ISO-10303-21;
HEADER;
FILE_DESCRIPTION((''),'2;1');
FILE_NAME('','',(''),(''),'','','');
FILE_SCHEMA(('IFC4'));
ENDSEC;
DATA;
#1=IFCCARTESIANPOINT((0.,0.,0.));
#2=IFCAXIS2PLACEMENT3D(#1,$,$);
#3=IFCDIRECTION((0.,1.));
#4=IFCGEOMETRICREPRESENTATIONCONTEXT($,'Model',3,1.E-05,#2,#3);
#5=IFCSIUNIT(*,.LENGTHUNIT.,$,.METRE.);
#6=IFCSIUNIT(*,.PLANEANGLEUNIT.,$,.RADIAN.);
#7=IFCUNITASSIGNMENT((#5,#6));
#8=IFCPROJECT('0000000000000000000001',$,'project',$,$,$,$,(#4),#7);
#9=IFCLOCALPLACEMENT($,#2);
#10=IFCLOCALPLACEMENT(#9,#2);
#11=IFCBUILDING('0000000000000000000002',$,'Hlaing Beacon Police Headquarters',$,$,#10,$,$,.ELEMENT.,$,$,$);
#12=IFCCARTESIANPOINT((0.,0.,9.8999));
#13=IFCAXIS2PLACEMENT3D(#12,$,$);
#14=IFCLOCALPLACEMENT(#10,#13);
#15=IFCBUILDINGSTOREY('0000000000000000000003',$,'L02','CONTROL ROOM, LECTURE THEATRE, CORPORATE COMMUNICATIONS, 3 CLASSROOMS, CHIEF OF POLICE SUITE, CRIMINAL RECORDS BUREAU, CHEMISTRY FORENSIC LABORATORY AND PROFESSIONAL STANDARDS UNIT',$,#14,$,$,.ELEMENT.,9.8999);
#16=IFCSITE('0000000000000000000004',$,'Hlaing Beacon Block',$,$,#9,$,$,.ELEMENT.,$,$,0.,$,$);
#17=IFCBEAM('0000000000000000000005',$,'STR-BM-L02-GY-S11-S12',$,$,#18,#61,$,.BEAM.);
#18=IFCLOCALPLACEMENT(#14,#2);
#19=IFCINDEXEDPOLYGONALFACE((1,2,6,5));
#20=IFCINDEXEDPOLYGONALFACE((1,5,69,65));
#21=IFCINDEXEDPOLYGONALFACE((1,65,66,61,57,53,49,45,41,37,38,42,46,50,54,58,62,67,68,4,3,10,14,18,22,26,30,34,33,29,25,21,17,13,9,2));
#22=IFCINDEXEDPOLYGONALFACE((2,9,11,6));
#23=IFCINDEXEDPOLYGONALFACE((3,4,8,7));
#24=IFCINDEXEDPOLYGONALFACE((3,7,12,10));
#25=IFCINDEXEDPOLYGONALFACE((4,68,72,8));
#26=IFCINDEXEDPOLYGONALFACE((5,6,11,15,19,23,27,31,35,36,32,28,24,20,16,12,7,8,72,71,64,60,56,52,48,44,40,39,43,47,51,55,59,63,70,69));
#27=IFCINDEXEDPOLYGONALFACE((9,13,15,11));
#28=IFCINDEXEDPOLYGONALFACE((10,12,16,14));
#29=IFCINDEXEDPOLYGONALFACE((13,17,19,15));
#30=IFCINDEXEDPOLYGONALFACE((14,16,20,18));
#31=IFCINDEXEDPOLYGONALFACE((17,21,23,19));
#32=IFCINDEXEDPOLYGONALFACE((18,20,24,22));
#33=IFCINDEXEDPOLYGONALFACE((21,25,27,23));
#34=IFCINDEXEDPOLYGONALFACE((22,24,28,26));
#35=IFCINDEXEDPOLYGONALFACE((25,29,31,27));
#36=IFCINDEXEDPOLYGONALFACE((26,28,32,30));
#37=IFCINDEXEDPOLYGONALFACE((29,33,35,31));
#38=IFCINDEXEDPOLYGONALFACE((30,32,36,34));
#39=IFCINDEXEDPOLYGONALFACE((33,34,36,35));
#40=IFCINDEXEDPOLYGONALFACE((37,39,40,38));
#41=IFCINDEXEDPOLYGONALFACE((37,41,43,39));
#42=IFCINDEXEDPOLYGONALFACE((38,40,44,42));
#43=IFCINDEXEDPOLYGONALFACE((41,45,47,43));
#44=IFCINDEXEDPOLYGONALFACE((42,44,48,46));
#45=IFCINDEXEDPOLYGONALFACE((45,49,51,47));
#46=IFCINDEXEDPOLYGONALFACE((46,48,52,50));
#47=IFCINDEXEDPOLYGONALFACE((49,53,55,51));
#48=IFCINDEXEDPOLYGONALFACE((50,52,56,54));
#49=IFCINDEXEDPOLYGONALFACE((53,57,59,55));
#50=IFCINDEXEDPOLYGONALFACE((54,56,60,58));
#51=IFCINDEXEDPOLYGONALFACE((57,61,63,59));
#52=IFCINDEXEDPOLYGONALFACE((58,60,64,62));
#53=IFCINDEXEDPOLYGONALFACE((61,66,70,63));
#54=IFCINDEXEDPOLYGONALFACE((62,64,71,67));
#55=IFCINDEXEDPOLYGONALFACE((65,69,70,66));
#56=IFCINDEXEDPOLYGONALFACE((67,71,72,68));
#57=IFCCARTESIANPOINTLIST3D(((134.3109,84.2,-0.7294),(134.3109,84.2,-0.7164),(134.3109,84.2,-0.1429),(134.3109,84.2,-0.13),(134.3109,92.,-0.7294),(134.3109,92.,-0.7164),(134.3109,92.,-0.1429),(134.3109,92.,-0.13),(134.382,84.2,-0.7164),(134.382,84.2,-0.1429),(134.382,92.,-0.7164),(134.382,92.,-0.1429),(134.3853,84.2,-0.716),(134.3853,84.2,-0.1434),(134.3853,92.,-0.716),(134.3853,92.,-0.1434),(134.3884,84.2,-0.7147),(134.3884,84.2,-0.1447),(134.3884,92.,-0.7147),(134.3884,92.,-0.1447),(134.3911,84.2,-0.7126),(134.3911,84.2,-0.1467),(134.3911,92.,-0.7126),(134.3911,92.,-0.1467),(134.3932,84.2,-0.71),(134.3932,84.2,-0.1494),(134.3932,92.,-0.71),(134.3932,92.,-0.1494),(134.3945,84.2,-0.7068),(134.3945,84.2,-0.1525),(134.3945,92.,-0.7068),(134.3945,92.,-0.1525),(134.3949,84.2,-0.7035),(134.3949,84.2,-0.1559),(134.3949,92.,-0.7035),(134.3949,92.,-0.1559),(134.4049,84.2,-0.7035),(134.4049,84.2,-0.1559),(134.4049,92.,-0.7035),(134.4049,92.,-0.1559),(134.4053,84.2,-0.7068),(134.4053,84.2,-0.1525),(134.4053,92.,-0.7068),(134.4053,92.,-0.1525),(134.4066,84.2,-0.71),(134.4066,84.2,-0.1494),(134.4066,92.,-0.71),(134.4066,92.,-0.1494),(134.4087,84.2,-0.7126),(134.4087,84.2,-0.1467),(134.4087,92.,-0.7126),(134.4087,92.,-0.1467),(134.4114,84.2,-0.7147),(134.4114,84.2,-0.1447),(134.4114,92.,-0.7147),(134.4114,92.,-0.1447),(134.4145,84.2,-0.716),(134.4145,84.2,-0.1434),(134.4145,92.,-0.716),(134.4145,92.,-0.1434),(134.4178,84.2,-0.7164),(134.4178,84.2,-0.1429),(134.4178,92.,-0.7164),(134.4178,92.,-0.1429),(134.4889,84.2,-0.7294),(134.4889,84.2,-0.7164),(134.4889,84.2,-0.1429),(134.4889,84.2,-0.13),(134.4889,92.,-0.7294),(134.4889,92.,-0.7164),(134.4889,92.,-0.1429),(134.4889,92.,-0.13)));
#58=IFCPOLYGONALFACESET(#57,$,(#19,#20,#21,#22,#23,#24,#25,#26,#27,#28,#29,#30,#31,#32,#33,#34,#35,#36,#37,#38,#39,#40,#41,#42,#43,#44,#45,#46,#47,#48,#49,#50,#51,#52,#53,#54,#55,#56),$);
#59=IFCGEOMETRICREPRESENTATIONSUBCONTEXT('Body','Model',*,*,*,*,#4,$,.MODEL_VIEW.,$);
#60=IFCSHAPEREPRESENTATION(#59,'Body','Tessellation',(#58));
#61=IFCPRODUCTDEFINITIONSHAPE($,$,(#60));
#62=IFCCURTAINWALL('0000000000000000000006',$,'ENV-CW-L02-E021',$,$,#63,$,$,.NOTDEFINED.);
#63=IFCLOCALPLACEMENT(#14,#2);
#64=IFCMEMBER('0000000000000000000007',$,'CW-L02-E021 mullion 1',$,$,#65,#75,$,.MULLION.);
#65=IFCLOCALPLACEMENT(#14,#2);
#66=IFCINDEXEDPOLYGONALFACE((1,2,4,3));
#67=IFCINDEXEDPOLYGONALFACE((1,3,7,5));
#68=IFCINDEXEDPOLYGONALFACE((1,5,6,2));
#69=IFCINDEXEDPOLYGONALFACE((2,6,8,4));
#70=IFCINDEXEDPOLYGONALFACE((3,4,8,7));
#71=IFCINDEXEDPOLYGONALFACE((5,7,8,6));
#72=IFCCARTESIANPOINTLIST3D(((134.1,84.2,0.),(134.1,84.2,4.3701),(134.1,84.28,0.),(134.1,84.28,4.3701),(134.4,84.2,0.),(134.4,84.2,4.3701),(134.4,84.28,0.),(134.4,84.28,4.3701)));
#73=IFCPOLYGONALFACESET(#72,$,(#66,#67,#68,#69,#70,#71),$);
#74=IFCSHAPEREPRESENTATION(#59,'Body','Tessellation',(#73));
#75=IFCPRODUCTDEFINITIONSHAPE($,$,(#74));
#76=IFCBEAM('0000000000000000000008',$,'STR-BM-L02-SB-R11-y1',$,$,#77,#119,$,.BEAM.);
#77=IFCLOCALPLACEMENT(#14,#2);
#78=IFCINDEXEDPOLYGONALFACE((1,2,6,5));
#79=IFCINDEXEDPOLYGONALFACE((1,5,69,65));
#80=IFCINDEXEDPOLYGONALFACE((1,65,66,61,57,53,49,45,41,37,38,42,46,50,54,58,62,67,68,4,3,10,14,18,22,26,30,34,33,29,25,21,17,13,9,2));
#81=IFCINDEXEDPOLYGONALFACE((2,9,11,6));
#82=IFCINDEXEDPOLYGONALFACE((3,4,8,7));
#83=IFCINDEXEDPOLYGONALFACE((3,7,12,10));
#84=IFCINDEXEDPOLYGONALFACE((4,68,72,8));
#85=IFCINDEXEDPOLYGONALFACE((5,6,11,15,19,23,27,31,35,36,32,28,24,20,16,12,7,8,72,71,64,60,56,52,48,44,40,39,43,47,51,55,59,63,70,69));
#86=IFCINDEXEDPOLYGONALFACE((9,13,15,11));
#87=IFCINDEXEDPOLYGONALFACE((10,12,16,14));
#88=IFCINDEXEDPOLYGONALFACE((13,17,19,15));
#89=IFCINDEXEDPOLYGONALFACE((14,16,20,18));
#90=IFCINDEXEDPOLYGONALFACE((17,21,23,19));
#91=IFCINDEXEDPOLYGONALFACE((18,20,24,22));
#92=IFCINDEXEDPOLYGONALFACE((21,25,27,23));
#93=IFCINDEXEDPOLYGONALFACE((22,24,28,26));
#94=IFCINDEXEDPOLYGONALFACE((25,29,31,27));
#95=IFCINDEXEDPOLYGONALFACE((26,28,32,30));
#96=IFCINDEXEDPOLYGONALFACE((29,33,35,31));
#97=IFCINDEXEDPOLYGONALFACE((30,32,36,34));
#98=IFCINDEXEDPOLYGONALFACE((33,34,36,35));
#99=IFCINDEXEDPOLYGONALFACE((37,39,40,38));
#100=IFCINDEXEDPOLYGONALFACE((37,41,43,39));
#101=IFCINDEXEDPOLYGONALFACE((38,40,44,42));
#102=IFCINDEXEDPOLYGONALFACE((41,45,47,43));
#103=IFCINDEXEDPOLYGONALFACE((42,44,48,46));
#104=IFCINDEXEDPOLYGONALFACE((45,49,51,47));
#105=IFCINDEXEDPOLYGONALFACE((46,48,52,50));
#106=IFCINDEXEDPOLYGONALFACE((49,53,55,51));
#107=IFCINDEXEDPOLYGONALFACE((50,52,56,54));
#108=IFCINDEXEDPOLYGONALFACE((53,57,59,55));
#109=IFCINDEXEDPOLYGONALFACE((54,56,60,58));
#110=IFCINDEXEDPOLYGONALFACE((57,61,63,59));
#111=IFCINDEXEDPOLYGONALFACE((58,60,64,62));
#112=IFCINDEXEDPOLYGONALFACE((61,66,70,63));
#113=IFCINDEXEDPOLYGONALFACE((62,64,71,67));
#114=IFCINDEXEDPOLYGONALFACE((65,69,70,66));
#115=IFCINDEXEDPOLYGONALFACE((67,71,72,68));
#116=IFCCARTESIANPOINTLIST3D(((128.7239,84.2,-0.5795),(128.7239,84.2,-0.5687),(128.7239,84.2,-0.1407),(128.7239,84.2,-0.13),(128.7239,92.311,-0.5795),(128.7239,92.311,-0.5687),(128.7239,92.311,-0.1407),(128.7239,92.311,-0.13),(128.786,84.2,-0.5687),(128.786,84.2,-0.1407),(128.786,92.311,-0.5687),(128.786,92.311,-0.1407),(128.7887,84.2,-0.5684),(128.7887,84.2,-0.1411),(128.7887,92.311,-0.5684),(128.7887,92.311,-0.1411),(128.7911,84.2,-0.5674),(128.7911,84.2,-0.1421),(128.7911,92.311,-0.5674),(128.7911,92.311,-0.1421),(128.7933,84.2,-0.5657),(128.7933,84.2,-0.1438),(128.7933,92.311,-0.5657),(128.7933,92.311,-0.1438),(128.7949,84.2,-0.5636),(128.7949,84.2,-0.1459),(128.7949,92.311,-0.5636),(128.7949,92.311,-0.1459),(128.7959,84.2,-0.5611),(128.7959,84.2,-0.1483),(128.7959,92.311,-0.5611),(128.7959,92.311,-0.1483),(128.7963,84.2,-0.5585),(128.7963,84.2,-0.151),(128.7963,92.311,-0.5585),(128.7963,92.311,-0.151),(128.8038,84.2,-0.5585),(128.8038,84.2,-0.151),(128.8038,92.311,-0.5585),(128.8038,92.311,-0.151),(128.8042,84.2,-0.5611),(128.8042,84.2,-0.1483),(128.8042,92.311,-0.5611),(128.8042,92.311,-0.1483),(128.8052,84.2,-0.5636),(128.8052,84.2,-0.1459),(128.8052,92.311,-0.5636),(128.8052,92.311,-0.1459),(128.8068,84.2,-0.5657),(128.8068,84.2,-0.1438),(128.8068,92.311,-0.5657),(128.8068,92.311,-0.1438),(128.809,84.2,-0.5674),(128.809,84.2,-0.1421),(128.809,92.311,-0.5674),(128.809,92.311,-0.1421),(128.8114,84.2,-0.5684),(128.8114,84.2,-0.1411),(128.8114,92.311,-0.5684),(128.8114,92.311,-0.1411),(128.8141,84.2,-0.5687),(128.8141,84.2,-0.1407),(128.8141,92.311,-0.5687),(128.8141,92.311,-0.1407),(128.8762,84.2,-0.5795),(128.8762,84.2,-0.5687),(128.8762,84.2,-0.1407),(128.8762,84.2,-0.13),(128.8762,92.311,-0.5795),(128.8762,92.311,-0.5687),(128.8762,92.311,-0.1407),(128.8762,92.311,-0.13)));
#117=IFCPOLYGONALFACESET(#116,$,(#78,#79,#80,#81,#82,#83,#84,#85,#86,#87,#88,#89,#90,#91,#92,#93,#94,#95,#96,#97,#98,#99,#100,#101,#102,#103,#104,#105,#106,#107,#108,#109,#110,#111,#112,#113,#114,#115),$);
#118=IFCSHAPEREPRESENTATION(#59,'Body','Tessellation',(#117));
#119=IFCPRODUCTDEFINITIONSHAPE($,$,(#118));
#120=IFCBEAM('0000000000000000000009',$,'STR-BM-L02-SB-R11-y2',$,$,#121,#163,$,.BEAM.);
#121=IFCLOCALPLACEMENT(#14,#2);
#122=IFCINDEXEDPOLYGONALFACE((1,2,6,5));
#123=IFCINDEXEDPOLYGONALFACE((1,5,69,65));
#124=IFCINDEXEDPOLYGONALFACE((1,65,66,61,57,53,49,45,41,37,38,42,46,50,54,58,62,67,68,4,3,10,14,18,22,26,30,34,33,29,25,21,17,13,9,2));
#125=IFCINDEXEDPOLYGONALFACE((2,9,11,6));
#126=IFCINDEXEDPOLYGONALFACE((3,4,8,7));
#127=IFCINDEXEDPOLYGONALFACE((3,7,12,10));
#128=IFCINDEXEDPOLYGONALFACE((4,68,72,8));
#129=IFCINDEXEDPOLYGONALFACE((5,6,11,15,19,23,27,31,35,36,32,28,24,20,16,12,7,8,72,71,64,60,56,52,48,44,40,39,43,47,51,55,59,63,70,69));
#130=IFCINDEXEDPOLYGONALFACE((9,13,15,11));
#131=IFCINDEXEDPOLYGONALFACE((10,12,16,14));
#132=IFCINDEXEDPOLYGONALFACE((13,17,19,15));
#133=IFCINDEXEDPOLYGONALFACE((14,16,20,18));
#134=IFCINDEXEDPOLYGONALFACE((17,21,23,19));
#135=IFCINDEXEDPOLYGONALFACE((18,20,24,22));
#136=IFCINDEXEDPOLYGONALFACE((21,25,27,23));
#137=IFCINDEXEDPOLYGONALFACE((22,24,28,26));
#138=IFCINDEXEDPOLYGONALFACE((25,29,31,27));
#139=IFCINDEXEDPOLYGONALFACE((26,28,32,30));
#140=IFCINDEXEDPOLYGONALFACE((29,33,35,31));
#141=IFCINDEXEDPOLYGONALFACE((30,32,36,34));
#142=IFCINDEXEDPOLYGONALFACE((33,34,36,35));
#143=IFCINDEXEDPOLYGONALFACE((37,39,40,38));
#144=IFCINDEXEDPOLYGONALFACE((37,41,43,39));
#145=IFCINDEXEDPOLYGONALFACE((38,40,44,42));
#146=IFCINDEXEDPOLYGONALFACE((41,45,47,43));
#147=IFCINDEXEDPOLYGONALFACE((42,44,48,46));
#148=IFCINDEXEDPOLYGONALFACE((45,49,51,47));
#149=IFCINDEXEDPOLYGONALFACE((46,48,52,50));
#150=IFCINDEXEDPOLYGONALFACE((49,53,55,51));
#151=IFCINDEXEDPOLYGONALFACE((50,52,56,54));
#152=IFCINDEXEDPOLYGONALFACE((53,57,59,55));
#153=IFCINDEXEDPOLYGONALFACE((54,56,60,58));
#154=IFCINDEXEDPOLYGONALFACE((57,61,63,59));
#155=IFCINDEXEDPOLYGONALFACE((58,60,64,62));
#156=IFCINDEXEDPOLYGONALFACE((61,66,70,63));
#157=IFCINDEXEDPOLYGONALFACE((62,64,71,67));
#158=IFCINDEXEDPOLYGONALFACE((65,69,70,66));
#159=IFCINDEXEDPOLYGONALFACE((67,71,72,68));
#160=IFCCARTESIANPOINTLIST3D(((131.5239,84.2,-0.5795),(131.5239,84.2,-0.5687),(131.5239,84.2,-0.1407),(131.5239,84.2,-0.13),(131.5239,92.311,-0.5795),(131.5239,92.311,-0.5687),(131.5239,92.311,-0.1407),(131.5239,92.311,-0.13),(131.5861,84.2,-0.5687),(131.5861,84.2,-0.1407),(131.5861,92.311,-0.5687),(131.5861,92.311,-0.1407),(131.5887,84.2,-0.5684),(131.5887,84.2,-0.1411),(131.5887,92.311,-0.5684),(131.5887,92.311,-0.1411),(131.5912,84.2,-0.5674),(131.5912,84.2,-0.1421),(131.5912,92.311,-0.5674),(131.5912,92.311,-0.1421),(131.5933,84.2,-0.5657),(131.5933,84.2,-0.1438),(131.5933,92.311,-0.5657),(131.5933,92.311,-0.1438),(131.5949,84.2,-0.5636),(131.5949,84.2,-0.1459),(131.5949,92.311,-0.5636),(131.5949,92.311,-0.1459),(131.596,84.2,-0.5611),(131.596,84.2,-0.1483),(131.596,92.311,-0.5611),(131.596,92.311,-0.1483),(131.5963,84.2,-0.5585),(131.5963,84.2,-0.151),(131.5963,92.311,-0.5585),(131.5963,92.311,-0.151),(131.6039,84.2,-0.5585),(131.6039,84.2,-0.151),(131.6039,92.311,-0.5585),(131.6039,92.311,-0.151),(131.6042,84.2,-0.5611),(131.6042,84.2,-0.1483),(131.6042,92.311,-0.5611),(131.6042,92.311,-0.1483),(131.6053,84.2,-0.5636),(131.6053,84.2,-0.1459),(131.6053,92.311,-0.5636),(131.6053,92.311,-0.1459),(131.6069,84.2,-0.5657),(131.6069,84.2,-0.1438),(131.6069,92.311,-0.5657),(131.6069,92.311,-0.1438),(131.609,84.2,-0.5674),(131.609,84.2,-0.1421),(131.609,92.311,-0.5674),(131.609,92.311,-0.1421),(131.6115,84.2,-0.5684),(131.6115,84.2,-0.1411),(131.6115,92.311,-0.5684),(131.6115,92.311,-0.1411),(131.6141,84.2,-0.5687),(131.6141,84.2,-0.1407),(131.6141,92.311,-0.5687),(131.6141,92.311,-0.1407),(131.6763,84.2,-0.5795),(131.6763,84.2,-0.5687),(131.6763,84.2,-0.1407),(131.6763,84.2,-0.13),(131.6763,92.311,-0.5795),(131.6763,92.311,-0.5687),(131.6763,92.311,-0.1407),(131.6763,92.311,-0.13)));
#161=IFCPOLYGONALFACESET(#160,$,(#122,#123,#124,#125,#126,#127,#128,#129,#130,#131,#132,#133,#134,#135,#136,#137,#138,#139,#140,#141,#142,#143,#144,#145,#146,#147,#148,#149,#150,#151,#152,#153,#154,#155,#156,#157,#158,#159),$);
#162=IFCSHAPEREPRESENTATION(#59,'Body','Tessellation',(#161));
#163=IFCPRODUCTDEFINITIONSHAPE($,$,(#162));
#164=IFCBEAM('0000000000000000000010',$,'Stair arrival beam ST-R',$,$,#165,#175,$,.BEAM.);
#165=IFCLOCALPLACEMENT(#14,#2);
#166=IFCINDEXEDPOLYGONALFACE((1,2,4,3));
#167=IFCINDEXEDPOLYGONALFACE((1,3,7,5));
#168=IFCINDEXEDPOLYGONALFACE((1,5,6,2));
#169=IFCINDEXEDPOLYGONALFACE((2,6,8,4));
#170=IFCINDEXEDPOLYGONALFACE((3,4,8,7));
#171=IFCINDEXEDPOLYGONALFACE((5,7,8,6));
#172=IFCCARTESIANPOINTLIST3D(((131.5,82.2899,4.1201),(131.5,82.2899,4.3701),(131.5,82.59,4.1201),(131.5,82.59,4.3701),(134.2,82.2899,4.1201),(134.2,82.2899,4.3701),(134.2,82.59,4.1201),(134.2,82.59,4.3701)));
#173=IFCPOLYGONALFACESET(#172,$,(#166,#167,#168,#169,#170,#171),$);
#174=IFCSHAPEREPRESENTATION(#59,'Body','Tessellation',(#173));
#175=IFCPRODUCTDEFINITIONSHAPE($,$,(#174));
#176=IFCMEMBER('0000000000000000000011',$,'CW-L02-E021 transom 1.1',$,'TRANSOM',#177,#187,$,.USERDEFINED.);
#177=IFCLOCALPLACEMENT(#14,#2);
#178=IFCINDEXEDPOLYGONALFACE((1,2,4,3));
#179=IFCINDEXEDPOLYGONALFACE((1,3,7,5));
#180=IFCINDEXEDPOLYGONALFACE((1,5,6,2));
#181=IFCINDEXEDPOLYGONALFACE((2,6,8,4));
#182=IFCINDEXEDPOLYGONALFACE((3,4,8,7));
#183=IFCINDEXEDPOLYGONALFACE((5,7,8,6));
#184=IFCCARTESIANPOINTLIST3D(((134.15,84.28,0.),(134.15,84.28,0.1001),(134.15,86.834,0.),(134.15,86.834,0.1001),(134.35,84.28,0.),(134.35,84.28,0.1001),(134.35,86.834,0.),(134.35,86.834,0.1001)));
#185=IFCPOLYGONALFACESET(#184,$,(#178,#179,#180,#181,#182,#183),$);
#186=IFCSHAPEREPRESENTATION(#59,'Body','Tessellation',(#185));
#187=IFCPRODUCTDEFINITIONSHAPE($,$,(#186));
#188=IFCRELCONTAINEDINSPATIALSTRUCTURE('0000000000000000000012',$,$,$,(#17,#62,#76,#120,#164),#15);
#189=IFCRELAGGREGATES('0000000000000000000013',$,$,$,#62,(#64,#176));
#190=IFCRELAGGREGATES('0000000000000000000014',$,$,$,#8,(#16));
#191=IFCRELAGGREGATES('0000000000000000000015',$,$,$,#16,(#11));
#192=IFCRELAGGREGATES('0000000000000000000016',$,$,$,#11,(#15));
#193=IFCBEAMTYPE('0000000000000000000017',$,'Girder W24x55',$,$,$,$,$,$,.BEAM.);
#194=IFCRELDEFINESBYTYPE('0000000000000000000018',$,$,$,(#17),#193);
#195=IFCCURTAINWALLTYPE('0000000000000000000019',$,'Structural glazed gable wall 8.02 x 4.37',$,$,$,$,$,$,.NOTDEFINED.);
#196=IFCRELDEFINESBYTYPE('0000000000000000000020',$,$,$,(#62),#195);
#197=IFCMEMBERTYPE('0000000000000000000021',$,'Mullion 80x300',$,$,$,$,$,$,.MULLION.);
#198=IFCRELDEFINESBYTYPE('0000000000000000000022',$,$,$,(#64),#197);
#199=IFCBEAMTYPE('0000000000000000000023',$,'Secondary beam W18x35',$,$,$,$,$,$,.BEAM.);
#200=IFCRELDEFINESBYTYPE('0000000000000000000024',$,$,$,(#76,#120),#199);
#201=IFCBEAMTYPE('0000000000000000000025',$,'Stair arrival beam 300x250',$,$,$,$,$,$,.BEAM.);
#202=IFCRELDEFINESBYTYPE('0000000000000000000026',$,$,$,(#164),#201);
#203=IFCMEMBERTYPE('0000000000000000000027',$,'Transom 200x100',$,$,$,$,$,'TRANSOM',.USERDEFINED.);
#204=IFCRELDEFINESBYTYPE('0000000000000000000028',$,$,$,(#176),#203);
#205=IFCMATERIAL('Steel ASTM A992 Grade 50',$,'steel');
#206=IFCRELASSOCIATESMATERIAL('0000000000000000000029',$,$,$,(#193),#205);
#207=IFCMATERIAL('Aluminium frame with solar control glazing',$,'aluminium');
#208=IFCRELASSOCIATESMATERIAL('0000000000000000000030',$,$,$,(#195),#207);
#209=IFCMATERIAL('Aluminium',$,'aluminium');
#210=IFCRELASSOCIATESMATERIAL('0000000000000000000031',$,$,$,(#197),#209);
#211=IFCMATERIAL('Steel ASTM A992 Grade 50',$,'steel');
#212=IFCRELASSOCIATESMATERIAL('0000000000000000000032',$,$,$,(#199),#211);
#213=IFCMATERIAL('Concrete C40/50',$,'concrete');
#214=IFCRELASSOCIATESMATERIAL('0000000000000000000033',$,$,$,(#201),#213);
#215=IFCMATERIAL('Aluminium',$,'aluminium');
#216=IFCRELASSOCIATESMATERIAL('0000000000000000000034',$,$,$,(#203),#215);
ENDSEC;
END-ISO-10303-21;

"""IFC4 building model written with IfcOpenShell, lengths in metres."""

from ifc_helpers import new_model, si_unit, direction, frame, origin, origin_2d, place, context, subcontext, project, spatial, rectangle, i_section, extrude, material, material_profile, profile_set, type_object, element, aggregate, save


model = new_model("IFC4")

# Units and contexts
model_context = context("Model", 3, precision=1e-05, world=origin(), true_north=direction((0.0, 1.0)))
body_context = subcontext(model_context, "Body", "Model", "MODEL_VIEW")
ifc_project = project(units=[si_unit("LENGTHUNIT", "METRE"), si_unit("PLANEANGLEUNIT", "RADIAN")], contexts=[model_context])

# Site, building, storey
site_placement = place(None, origin())
site = spatial("IfcSite", under=ifc_project, at=site_placement, Name="Hlaing Beacon Block", CompositionType="ELEMENT", RefElevation=0.0)
building_placement = place(site_placement, origin())
building = spatial("IfcBuilding", under=site, at=building_placement, Name="Hlaing Beacon Police Headquarters", CompositionType="ELEMENT")
storey_placement = place(building_placement, frame((0.0, 0.0, 9.8999)))
storey = spatial("IfcBuildingStorey", under=building, at=storey_placement, Name="L02", Description="CONTROL ROOM, LECTURE THEATRE, CORPORATE COMMUNICATIONS, 3 CLASSROOMS, CHIEF OF POLICE SUITE, CRIMINAL RECORDS BUREAU, CHEMISTRY FORENSIC LABORATORY AND PROFESSIONAL STANDARDS UNIT", CompositionType="ELEMENT", Elevation=9.8999)

# Beam
ifc_material_1 = material(Name="Steel ASTM A992 Grade 50", Category="steel")
ifc_material_profile_1 = material_profile(ifc_material_1, i_section(OverallWidth=0.178, OverallDepth=0.5994, WebThickness=0.01, FlangeThickness=0.0129, FilletRadius=0.0129, at=origin_2d()), Name="W24x55")
ifc_profile_set_1 = profile_set([ifc_material_profile_1], Name="Steel ASTM A992 Grade 50")
beam_type_1 = type_object("IfcBeamType", Name="Girder W24x55", PredefinedType="BEAM", material=ifc_profile_set_1)
beam_1_placement = place(storey_placement, frame((134.3999, 84.2, -0.4297), z_axis=(0.0, 1.0, 0.0), x_axis=(-1.0, 0.0, 0.0)))
element("IfcBeam", 1, at=beam_1_placement, inside=storey, type_object=beam_type_1, Name="STR-BM-L02-GY-S11-S12", PredefinedType="BEAM", context=body_context, shape_type="SweptSolid", body=[
    extrude(i_section(OverallWidth=0.178, OverallDepth=0.5994, WebThickness=0.01, FlangeThickness=0.0129, FilletRadius=0.0129, at=origin_2d()), origin(), (0.0, 0.0, 1.0), 7.8),
])

# Curtain wall, member
ifc_material_2 = material(Name="Aluminium frame with solar control glazing", Category="aluminium")
curtain_wall_type = type_object("IfcCurtainWallType", Name="Structural glazed gable wall 8.02 x 4.37", PredefinedType="NOTDEFINED", material=ifc_material_2)
curtain_wall_placement = place(storey_placement, origin())
curtain_wall = element("IfcCurtainWall", 2, at=curtain_wall_placement, inside=storey, type_object=curtain_wall_type, Name="ENV-CW-L02-E021", PredefinedType="NOTDEFINED")
ifc_material_3 = material(Name="Aluminium", Category="aluminium")
ifc_material_profile_2 = material_profile(ifc_material_3, rectangle(XDim=0.3, YDim=0.0801, at=origin_2d()), Name="Mullion 80x300")
ifc_profile_set_2 = profile_set([ifc_material_profile_2], Name="Aluminium")
member_type_1 = type_object("IfcMemberType", Name="Mullion 80x300", PredefinedType="MULLION", material=ifc_profile_set_2)
member_1_placement = place(storey_placement, frame((134.25, 84.24, 0.0), z_axis=(0.0, 0.0, 1.0), x_axis=(-1.0, 0.0, 0.0)))
member_1 = element("IfcMember", 3, at=member_1_placement, type_object=member_type_1, Name="CW-L02-E021 mullion 1", PredefinedType="MULLION", context=body_context, shape_type="SweptSolid", body=[
    extrude(rectangle(XDim=0.3, YDim=0.0801, at=origin_2d()), origin(), (0.0, 0.0, 1.0), 4.3701),
])

# Beams
ifc_material_4 = material(Name="Steel ASTM A992 Grade 50", Category="steel")
ifc_material_profile_3 = material_profile(ifc_material_4, i_section(OverallWidth=0.1523, OverallDepth=0.4495, WebThickness=0.0076, FlangeThickness=0.0107, FilletRadius=0.0103, at=origin_2d()), Name="W18x35")
ifc_profile_set_3 = profile_set([ifc_material_profile_3], Name="Steel ASTM A992 Grade 50")
beam_type_2 = type_object("IfcBeamType", Name="Secondary beam W18x35", PredefinedType="BEAM", material=ifc_profile_set_3)
for number, where, z_axis, x_axis, name in (
    (4, (128.8, 84.2, -0.3547), (0.0, 1.0, 0.0), (-1.0, 0.0, 0.0), "STR-BM-L02-SB-R11-y1"),
    (5, (131.6001, 84.2, -0.3547), (0.0, 1.0, 0.0), (-1.0, 0.0, 0.0), "STR-BM-L02-SB-R11-y2"),
):
    element("IfcBeam", number, at=place(storey_placement, frame(where, z_axis=z_axis, x_axis=x_axis)), inside=storey, type_object=beam_type_2, Name=name, PredefinedType="BEAM", context=body_context, shape_type="SweptSolid", body=[
        extrude(i_section(OverallWidth=0.1523, OverallDepth=0.4495, WebThickness=0.0076, FlangeThickness=0.0107, FilletRadius=0.0103, at=origin_2d()), origin(), (0.0, 0.0, 1.0), 8.1111),
    ])
ifc_material_5 = material(Name="Concrete C40/50", Category="concrete")
ifc_material_profile_4 = material_profile(ifc_material_5, rectangle(XDim=0.3, YDim=0.25, at=origin_2d()), Name="Stair arrival beam 300x250")
ifc_profile_set_4 = profile_set([ifc_material_profile_4], Name="Concrete C40/50")
beam_type_3 = type_object("IfcBeamType", Name="Stair arrival beam 300x250", PredefinedType="BEAM", material=ifc_profile_set_4)
beam_2_placement = place(storey_placement, frame((134.2, 82.4399, 4.2451), z_axis=(-1.0, 0.0, 0.0), x_axis=(0.0, -1.0, 0.0)))
element("IfcBeam", 6, at=beam_2_placement, inside=storey, type_object=beam_type_3, Name="Stair arrival beam ST-R", PredefinedType="BEAM", context=body_context, shape_type="SweptSolid", body=[
    extrude(rectangle(XDim=0.3, YDim=0.25, at=origin_2d()), origin(), (0.0, 0.0, 1.0), 2.7),
])

# Member
ifc_material_6 = material(Name="Aluminium", Category="aluminium")
ifc_material_profile_5 = material_profile(ifc_material_6, rectangle(XDim=0.2, YDim=0.1001, at=origin_2d()), Name="Transom 200x100")
ifc_profile_set_5 = profile_set([ifc_material_profile_5], Name="Aluminium")
member_type_2 = type_object("IfcMemberType", Name="Transom 200x100", ElementType="TRANSOM", PredefinedType="USERDEFINED", material=ifc_profile_set_5)
member_2_placement = place(storey_placement, frame((134.25, 84.28, 0.05), z_axis=(0.0, 1.0, 0.0), x_axis=(-1.0, 0.0, 0.0)))
member_2 = element("IfcMember", 7, at=member_2_placement, type_object=member_type_2, Name="CW-L02-E021 transom 1.1", ObjectType="TRANSOM", PredefinedType="USERDEFINED", context=body_context, shape_type="SweptSolid", body=[
    extrude(rectangle(XDim=0.2, YDim=0.1001, at=origin_2d()), origin(), (0.0, 0.0, 1.0), 2.554),
])
aggregate(curtain_wall, [member_1, member_2])

save(model, "model.ifc")
